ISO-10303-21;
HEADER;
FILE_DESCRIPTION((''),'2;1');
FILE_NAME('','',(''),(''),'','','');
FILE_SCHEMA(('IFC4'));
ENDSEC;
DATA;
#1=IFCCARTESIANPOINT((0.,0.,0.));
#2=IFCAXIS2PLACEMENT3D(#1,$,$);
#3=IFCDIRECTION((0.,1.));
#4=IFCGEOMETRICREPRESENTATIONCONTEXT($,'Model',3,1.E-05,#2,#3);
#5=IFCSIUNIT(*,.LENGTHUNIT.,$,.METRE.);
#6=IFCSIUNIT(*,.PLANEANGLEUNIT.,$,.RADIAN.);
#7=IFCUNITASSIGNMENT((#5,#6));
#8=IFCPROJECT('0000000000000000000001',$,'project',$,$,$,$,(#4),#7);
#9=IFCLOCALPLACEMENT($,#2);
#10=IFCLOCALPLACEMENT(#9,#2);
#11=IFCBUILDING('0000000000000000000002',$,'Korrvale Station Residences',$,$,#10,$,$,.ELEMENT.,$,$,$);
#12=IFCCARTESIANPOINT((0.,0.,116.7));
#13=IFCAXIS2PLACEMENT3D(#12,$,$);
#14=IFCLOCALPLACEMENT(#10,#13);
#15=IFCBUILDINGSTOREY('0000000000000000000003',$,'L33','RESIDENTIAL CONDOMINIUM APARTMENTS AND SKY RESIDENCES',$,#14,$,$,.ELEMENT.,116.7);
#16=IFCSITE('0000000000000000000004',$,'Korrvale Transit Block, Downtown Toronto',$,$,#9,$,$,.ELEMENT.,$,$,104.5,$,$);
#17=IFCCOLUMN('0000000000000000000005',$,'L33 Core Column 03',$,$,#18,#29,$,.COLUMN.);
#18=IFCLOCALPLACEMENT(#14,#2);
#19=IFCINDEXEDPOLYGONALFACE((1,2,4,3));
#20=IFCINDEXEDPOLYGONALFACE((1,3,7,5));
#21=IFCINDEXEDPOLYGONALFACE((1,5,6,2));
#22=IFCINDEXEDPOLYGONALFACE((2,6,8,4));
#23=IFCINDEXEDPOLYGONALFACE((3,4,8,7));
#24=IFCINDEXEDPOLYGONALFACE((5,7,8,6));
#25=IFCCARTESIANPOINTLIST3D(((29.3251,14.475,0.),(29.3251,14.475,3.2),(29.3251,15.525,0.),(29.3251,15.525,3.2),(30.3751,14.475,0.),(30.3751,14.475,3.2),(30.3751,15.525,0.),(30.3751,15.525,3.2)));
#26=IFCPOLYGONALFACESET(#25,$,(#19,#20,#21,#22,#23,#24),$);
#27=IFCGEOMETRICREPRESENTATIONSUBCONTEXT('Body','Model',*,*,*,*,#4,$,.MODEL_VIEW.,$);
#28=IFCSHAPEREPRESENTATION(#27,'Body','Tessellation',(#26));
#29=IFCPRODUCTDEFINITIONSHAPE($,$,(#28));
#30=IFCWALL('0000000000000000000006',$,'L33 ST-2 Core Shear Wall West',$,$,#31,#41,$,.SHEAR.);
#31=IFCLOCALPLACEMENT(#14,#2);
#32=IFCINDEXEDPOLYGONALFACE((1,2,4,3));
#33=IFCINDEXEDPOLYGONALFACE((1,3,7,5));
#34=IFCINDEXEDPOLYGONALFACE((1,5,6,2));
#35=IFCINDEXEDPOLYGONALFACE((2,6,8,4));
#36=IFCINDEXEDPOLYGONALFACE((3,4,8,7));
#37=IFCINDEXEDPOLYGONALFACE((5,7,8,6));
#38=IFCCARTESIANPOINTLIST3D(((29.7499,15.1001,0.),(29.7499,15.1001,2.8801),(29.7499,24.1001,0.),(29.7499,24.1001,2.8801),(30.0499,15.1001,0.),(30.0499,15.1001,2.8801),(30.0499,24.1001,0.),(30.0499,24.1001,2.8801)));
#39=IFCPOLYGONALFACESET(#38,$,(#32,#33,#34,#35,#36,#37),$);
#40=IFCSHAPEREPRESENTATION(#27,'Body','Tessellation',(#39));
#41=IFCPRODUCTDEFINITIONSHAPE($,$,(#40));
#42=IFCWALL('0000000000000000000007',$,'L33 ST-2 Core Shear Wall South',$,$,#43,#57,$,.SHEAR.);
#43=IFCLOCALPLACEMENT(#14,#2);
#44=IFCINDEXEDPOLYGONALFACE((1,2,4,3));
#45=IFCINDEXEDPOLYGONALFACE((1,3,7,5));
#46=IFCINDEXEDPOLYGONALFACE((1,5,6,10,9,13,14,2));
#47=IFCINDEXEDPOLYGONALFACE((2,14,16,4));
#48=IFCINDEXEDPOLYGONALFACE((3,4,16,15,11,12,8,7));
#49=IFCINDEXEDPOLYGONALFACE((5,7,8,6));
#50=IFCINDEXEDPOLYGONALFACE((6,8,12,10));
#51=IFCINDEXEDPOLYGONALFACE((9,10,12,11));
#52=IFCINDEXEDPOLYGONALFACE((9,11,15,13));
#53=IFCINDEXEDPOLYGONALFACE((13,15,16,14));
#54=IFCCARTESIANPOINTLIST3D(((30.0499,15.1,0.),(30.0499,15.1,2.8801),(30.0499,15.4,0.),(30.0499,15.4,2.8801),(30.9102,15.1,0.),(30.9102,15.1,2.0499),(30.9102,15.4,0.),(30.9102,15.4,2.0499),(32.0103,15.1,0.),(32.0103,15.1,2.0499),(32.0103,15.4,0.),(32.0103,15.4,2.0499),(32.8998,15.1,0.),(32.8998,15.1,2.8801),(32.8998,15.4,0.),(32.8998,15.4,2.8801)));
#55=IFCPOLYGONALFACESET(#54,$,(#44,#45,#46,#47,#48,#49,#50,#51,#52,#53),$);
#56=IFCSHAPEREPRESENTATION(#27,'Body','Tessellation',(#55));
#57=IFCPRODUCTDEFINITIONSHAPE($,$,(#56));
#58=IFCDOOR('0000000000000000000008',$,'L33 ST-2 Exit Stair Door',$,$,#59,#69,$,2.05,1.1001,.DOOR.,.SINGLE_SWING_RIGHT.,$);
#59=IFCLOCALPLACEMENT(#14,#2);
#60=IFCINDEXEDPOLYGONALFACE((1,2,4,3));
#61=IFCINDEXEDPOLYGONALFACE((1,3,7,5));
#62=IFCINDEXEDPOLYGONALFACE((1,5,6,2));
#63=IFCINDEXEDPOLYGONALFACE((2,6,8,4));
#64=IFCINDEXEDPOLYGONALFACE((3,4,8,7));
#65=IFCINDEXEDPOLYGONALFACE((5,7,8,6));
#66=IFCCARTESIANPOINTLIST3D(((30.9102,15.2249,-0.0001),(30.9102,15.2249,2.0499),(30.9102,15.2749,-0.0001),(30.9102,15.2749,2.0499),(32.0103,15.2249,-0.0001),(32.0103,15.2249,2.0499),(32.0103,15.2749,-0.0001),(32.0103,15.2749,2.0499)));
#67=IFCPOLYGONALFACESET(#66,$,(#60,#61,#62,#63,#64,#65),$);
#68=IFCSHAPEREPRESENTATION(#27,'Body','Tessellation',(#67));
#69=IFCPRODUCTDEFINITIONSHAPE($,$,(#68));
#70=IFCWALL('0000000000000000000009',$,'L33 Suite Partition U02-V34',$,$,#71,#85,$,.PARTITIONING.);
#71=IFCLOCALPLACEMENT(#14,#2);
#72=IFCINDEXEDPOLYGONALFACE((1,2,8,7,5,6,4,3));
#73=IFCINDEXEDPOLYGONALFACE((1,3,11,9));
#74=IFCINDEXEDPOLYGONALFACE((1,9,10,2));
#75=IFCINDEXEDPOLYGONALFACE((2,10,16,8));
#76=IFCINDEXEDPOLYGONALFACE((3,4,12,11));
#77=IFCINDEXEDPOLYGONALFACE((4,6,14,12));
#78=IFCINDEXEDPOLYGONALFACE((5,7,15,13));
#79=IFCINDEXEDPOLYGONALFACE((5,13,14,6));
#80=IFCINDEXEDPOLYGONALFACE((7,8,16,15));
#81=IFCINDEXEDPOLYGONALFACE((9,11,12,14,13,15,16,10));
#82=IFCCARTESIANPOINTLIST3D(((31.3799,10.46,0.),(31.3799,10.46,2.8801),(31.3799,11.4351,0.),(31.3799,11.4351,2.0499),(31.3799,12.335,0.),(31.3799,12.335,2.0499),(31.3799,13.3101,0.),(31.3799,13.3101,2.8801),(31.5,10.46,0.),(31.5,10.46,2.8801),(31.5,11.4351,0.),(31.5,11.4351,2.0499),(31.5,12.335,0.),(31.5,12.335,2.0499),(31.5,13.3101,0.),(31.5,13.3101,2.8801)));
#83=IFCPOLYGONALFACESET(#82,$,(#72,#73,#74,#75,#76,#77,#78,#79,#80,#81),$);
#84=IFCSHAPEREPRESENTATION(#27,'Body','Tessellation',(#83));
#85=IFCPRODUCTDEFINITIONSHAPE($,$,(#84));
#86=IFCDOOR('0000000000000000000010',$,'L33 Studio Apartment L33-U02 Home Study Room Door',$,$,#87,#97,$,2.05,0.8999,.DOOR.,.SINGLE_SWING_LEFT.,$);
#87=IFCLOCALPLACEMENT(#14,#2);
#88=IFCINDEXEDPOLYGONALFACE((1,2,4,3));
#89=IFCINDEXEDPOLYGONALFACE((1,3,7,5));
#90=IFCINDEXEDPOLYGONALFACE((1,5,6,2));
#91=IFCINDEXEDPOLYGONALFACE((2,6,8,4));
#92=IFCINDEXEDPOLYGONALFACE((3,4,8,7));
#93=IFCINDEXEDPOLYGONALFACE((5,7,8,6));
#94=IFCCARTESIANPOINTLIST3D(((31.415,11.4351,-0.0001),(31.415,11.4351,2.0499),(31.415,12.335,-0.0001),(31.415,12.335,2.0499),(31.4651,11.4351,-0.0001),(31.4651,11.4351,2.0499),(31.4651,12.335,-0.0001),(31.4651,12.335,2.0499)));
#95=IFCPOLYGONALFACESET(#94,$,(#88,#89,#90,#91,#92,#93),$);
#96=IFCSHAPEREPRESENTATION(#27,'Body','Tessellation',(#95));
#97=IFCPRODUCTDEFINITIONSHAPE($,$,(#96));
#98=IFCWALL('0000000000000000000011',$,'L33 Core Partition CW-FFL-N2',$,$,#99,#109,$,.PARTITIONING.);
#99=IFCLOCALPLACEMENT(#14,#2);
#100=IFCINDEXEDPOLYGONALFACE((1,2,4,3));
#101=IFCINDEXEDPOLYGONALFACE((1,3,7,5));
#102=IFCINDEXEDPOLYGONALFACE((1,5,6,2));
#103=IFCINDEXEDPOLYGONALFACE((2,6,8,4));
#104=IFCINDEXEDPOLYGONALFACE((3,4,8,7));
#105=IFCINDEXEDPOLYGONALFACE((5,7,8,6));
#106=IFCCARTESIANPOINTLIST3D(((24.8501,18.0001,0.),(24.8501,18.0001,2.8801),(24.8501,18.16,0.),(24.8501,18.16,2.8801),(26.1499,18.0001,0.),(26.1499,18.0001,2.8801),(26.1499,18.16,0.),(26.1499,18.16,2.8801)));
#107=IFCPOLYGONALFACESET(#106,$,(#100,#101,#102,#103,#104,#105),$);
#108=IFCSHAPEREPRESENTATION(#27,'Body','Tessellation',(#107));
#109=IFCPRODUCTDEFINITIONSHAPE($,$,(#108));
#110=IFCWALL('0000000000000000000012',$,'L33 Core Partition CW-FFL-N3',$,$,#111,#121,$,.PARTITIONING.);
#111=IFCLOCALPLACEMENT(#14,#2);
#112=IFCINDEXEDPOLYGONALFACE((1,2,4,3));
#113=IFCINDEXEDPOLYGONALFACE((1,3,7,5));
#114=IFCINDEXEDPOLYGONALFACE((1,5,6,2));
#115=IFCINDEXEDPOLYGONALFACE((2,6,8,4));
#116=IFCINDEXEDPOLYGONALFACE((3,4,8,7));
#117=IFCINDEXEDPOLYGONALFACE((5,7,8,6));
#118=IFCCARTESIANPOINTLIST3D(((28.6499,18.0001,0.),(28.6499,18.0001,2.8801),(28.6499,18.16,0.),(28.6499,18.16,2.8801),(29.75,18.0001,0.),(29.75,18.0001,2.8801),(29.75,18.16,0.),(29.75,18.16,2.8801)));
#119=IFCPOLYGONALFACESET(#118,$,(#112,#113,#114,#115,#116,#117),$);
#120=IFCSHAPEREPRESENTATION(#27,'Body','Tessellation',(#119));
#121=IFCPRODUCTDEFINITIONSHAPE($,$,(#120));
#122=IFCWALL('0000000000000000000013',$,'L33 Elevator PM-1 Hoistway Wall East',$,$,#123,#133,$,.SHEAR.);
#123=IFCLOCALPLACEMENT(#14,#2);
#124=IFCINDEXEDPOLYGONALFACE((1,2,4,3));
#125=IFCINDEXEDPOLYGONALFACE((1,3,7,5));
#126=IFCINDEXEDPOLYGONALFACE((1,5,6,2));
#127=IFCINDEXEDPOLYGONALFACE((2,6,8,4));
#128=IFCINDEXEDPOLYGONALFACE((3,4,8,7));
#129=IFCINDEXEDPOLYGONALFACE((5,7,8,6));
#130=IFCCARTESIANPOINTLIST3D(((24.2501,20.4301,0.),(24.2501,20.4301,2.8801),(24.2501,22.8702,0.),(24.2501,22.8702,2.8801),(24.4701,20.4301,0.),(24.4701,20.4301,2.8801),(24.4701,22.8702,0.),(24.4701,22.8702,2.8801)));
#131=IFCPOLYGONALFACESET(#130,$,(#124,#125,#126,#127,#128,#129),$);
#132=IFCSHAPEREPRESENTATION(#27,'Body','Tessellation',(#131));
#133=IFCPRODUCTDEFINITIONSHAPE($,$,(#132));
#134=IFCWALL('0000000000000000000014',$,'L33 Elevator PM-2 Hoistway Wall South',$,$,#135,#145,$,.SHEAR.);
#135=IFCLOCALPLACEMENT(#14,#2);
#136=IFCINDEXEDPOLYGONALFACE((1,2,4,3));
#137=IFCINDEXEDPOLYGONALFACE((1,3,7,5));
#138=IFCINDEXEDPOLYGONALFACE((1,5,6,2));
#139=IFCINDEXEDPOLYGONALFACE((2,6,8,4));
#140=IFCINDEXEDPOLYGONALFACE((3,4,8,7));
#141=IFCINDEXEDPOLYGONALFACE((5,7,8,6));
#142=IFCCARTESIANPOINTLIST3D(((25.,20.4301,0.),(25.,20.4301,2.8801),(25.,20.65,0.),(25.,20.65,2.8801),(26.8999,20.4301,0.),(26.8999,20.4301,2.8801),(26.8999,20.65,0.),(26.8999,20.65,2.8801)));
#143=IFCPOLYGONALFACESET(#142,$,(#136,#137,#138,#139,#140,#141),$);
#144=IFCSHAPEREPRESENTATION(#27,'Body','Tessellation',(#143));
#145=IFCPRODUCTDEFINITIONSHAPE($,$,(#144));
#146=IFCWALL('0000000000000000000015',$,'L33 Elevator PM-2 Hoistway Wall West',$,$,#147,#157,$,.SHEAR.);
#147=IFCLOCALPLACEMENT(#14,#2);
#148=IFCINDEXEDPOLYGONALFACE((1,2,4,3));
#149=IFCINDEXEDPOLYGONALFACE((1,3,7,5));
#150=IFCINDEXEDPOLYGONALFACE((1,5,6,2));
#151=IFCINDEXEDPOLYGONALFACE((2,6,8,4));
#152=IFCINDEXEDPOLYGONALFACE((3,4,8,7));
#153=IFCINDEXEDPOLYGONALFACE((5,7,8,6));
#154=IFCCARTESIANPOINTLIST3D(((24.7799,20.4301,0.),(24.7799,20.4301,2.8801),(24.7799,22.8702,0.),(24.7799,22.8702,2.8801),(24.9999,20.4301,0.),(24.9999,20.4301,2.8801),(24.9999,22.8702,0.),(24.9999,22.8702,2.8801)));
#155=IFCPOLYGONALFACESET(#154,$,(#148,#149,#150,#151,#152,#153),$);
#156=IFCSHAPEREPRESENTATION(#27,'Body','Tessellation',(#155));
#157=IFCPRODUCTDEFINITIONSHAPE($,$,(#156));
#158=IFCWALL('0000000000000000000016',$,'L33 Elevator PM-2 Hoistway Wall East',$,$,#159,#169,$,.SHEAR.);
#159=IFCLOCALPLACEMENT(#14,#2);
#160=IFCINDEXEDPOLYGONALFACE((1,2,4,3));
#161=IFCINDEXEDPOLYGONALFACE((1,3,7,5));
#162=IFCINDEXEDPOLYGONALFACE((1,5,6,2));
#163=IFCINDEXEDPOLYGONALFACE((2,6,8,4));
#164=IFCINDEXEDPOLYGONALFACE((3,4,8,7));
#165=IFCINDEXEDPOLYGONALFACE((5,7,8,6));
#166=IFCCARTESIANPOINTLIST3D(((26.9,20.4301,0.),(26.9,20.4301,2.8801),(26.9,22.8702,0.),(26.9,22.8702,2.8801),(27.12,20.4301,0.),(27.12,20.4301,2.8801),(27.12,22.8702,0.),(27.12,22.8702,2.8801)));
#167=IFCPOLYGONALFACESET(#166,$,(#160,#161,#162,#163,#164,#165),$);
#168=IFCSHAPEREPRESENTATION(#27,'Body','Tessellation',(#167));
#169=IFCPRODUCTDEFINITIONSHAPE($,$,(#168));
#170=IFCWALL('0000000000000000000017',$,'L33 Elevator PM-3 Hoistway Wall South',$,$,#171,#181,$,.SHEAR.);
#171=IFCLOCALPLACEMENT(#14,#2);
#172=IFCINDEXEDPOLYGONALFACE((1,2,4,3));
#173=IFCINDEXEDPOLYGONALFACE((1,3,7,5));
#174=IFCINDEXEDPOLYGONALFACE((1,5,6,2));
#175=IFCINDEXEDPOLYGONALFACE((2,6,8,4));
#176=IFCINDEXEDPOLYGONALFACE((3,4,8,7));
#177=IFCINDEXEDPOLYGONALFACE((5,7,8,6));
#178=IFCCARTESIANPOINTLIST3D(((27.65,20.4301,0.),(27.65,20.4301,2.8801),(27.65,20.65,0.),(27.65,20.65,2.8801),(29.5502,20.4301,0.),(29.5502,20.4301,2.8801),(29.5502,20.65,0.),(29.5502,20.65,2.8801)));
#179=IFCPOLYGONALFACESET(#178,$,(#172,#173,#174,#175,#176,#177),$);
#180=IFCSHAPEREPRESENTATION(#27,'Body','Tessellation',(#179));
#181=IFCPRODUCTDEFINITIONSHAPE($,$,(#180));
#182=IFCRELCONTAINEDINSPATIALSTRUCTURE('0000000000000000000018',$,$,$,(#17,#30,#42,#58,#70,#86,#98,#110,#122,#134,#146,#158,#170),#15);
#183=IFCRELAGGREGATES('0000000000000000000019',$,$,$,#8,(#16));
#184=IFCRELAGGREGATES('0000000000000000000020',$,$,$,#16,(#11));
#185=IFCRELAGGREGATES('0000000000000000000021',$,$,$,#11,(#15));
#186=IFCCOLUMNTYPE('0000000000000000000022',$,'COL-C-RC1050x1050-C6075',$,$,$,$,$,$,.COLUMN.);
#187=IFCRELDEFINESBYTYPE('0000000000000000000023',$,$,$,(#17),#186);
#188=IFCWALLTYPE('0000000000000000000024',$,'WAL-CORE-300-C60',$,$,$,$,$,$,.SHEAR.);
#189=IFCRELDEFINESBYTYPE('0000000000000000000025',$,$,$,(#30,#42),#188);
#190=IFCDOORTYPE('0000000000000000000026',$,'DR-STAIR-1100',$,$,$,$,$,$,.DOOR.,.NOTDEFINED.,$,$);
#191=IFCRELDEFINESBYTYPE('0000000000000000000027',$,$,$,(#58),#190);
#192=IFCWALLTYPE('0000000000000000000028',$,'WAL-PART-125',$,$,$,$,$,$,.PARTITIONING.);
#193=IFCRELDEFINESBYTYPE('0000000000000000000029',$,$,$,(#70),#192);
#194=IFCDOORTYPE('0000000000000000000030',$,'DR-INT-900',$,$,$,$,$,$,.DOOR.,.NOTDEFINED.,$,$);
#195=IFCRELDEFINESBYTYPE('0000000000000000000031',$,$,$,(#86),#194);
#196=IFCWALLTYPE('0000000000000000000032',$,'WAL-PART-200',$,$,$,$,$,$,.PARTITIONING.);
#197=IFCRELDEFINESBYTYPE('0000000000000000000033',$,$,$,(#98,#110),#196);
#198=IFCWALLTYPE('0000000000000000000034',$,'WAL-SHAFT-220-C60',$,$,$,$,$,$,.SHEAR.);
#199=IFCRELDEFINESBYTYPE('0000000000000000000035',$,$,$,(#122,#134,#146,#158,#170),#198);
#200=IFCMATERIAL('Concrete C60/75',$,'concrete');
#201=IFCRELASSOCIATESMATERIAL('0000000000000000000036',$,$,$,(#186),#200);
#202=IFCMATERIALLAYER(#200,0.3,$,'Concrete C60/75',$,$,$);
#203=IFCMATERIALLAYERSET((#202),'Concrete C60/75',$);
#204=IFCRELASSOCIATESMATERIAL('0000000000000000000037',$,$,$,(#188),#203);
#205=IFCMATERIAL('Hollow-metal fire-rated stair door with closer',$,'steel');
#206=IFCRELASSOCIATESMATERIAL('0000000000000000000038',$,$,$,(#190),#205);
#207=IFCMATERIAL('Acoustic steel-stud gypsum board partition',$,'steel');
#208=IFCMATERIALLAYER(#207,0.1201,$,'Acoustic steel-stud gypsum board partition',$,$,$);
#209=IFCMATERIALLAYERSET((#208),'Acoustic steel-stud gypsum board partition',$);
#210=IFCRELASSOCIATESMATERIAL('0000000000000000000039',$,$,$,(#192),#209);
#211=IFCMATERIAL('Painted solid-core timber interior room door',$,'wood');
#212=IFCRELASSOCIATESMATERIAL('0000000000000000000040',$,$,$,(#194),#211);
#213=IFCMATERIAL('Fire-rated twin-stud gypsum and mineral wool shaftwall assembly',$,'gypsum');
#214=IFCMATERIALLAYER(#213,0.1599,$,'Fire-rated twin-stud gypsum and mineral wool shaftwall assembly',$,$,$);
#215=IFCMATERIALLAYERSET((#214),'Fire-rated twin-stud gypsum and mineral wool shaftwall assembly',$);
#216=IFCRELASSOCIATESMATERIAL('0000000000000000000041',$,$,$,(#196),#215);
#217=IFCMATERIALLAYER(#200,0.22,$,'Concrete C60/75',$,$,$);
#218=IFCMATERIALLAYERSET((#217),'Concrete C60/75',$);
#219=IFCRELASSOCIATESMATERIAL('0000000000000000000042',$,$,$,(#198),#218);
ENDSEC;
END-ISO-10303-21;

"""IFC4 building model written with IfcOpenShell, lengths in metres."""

from ifc_helpers import new_model, si_unit, direction, frame, frame_2d, origin, origin_2d, place, context, subcontext, project, spatial, rectangle, extrude, material, layer, layer_set, material_profile, profile_set, type_object, element, fill, save


model = new_model("IFC4")

# Units and contexts
model_context = context("Model", 3, precision=1e-05, world=origin(), true_north=direction((0.0, 1.0)))
body_context = subcontext(model_context, "Body", "Model", "MODEL_VIEW")
ifc_project = project(units=[si_unit("LENGTHUNIT", "METRE"), si_unit("PLANEANGLEUNIT", "RADIAN")], contexts=[model_context])

# Site, building, storey
site_placement = place(None, origin())
site = spatial("IfcSite", under=ifc_project, at=site_placement, Name="Korrvale Transit Block, Downtown Toronto", CompositionType="ELEMENT", RefElevation=104.5)
building_placement = place(site_placement, origin())
building = spatial("IfcBuilding", under=site, at=building_placement, Name="Korrvale Station Residences", CompositionType="ELEMENT")
storey_placement = place(building_placement, frame((0.0, 0.0, 116.7)))
storey = spatial("IfcBuildingStorey", under=building, at=storey_placement, Name="L33", Description="RESIDENTIAL CONDOMINIUM APARTMENTS AND SKY RESIDENCES", CompositionType="ELEMENT", Elevation=116.7)

# Column
ifc_material_1 = material(Name="Concrete C60/75", Category="concrete")
ifc_material_profile = material_profile(ifc_material_1, rectangle(XDim=1.05, YDim=1.05, at=origin_2d()), Name="RC1050x1050")
ifc_profile_set = profile_set([ifc_material_profile], Name="Concrete C60/75")
column_type = type_object("IfcColumnType", Name="COL-C-RC1050x1050-C6075", PredefinedType="COLUMN", material=ifc_profile_set)
column_placement = place(storey_placement, frame((29.8501, 15.0, 0.0), z_axis=(0.0, 0.0, 1.0), x_axis=(1.0, 0.0, 0.0)))
element("IfcColumn", 1, at=column_placement, inside=storey, type_object=column_type, Name="L33 Core Column 03", PredefinedType="COLUMN", context=body_context, shape_type="SweptSolid", body=[
    extrude(rectangle(XDim=1.05, YDim=1.05, at=origin_2d()), origin(), (0.0, 0.0, 1.0), 3.2),
])

# Wall
ifc_layer_1 = layer(ifc_material_1, 0.3, Name="Concrete C60/75")
ifc_layer_set_1 = layer_set([ifc_layer_1], Name="Concrete C60/75")
wall_type_1 = type_object("IfcWallType", Name="WAL-CORE-300-C60", PredefinedType="SHEAR", material=ifc_layer_set_1)
wall_1_placement = place(storey_placement, frame((29.8999, 15.1001, 0.0), z_axis=(0.0, 0.0, 1.0), x_axis=(0.0, 1.0, 0.0)))
element("IfcWall", 2, at=wall_1_placement, inside=storey, type_object=wall_type_1, Name="L33 ST-2 Core Shear Wall West", PredefinedType="SHEAR", context=body_context, shape_type="SweptSolid", body=[
    extrude(rectangle(XDim=9.0, YDim=0.3, at=frame_2d((4.5, 0.0))), origin(), (0.0, 0.0, 1.0), 2.8801),
])

# Walls, openings, doors
wall_2_placement = place(storey_placement, frame((30.05, 15.25, 0.0), z_axis=(0.0, 0.0, 1.0), x_axis=(1.0, 0.0, 0.0)))
wall_2 = element("IfcWall", 3, at=wall_2_placement, inside=storey, type_object=wall_type_1, Name="L33 ST-2 Core Shear Wall South", PredefinedType="SHEAR", context=body_context, shape_type="SweptSolid", body=[
    extrude(rectangle(XDim=2.8499, YDim=0.3, at=frame_2d((1.4248, 0.0))), origin(), (0.0, 0.0, 1.0), 2.8801),
])
opening_1_placement = place(wall_2_placement, frame((0.8601, 0.0, 0.0)))
opening_1 = element("IfcOpeningElement", 4, at=opening_1_placement, cuts=wall_2, PredefinedType="OPENING", context=body_context, shape_type="SweptSolid", body=[
    extrude(rectangle(XDim=1.1001, YDim=2.05, at=frame_2d((0.55, 1.0249))), frame((0.0, 0.1602, 0.0), z_axis=(0.0, -1.0, 0.0), x_axis=(1.0, 0.0, 0.0)), (0.0, 0.0, 1.0), 0.3201),
])
ifc_material_2 = material(Name="Hollow-metal fire-rated stair door with closer", Category="steel")
door_type_1 = type_object("IfcDoorType", Name="DR-STAIR-1100", OperationType="NOTDEFINED", PredefinedType="DOOR", material=ifc_material_2)
door_1_placement = place(opening_1_placement, origin())
door_1 = element("IfcDoor", 5, at=door_1_placement, inside=storey, type_object=door_type_1, Name="L33 ST-2 Exit Stair Door", OperationType="SINGLE_SWING_RIGHT", OverallHeight=2.05, OverallWidth=1.1001, PredefinedType="DOOR", context=body_context, shape_type="SweptSolid", body=[
    extrude(rectangle(XDim=1.1001, YDim=2.05, at=frame_2d((0.55, 1.0249))), frame((0.0, 0.0249, 0.0), z_axis=(0.0, -1.0, 0.0), x_axis=(1.0, 0.0, 0.0)), (0.0, 0.0, 1.0), 0.05),
])
fill(opening_1, door_1)
ifc_material_3 = material(Name="Acoustic steel-stud gypsum board partition", Category="steel")
ifc_layer_2 = layer(ifc_material_3, 0.1201, Name="Acoustic steel-stud gypsum board partition")
ifc_layer_set_2 = layer_set([ifc_layer_2], Name="Acoustic steel-stud gypsum board partition")
wall_type_2 = type_object("IfcWallType", Name="WAL-PART-125", PredefinedType="PARTITIONING", material=ifc_layer_set_2)
wall_3_placement = place(storey_placement, frame((31.4399, 10.46, 0.0), z_axis=(0.0, 0.0, 1.0), x_axis=(0.0, 1.0, 0.0)))
wall_3 = element("IfcWall", 6, at=wall_3_placement, inside=storey, type_object=wall_type_2, Name="L33 Suite Partition U02-V34", PredefinedType="PARTITIONING", context=body_context, shape_type="SweptSolid", body=[
    extrude(rectangle(XDim=2.8501, YDim=0.1201, at=frame_2d((1.425, 0.0))), origin(), (0.0, 0.0, 1.0), 2.8801),
])
opening_2_placement = place(wall_3_placement, frame((0.9751, 0.0, 0.0)))
opening_2 = element("IfcOpeningElement", 7, at=opening_2_placement, cuts=wall_3, PredefinedType="OPENING", context=body_context, shape_type="SweptSolid", body=[
    extrude(rectangle(XDim=0.8999, YDim=2.05, at=frame_2d((0.45, 1.0249))), frame((0.0, 0.0701, 0.0), z_axis=(0.0, -1.0, 0.0), x_axis=(1.0, 0.0, 0.0)), (0.0, 0.0, 1.0), 0.1401),
])
ifc_material_4 = material(Name="Painted solid-core timber interior room door", Category="wood")
door_type_2 = type_object("IfcDoorType", Name="DR-INT-900", OperationType="NOTDEFINED", PredefinedType="DOOR", material=ifc_material_4)
door_2_placement = place(opening_2_placement, origin())
door_2 = element("IfcDoor", 8, at=door_2_placement, inside=storey, type_object=door_type_2, Name="L33 Studio Apartment L33-U02 Home Study Room Door", OperationType="SINGLE_SWING_LEFT", OverallHeight=2.05, OverallWidth=0.8999, PredefinedType="DOOR", context=body_context, shape_type="SweptSolid", body=[
    extrude(rectangle(XDim=0.8999, YDim=2.05, at=frame_2d((0.45, 1.0249))), frame((0.0, 0.0249, 0.0), z_axis=(0.0, -1.0, 0.0), x_axis=(1.0, 0.0, 0.0)), (0.0, 0.0, 1.0), 0.05),
])
fill(opening_2, door_2)

# Walls
ifc_material_5 = material(Name="Fire-rated twin-stud gypsum and mineral wool shaftwall assembly", Category="gypsum")
ifc_layer_3 = layer(ifc_material_5, 0.1599, Name="Fire-rated twin-stud gypsum and mineral wool shaftwall assembly")
ifc_layer_set_3 = layer_set([ifc_layer_3], Name="Fire-rated twin-stud gypsum and mineral wool shaftwall assembly")
wall_type_3 = type_object("IfcWallType", Name="WAL-PART-200", PredefinedType="PARTITIONING", material=ifc_layer_set_3)
wall_4_placement = place(storey_placement, frame((24.8501, 18.0801, 0.0), z_axis=(0.0, 0.0, 1.0), x_axis=(1.0, 0.0, 0.0)))
element("IfcWall", 9, at=wall_4_placement, inside=storey, type_object=wall_type_3, Name="L33 Core Partition CW-FFL-N2", PredefinedType="PARTITIONING", context=body_context, shape_type="SweptSolid", body=[
    extrude(rectangle(XDim=1.2998, YDim=0.1599, at=frame_2d((0.6499, 0.0))), origin(), (0.0, 0.0, 1.0), 2.8801),
])
wall_5_placement = place(storey_placement, frame((28.6499, 18.0801, 0.0), z_axis=(0.0, 0.0, 1.0), x_axis=(1.0, 0.0, 0.0)))
element("IfcWall", 10, at=wall_5_placement, inside=storey, type_object=wall_type_3, Name="L33 Core Partition CW-FFL-N3", PredefinedType="PARTITIONING", context=body_context, shape_type="SweptSolid", body=[
    extrude(rectangle(XDim=1.1001, YDim=0.1599, at=frame_2d((0.55, 0.0))), origin(), (0.0, 0.0, 1.0), 2.8801),
])
ifc_layer_4 = layer(ifc_material_1, 0.22, Name="Concrete C60/75")
ifc_layer_set_4 = layer_set([ifc_layer_4], Name="Concrete C60/75")
wall_type_4 = type_object("IfcWallType", Name="WAL-SHAFT-220-C60", PredefinedType="SHEAR", material=ifc_layer_set_4)
wall_6_placement = place(storey_placement, frame((24.3601, 20.4299, 0.0), z_axis=(0.0, 0.0, 1.0), x_axis=(0.0, 1.0, 0.0)))
element("IfcWall", 11, at=wall_6_placement, inside=storey, type_object=wall_type_4, Name="L33 Elevator PM-1 Hoistway Wall East", PredefinedType="SHEAR", context=body_context, shape_type="SweptSolid", body=[
    extrude(rectangle(XDim=2.4402, YDim=0.22, at=frame_2d((1.2202, 0.0))), origin(), (0.0, 0.0, 1.0), 2.8801),
])
wall_7_placement = place(storey_placement, frame((25.0, 20.54, 0.0), z_axis=(0.0, 0.0, 1.0), x_axis=(1.0, 0.0, 0.0)))
element("IfcWall", 12, at=wall_7_placement, inside=storey, type_object=wall_type_4, Name="L33 Elevator PM-2 Hoistway Wall South", PredefinedType="SHEAR", context=body_context, shape_type="SweptSolid", body=[
    extrude(rectangle(XDim=1.8999, YDim=0.22, at=frame_2d((0.95, 0.0))), origin(), (0.0, 0.0, 1.0), 2.8801),
])
for number, where, z_axis, x_axis, name in (
    (13, (24.8899, 20.4299, 0.0), (0.0, 0.0, 1.0), (0.0, 1.0, 0.0), "L33 Elevator PM-2 Hoistway Wall West"),
    (14, (27.01, 20.4299, 0.0), (0.0, 0.0, 1.0), (0.0, 1.0, 0.0), "L33 Elevator PM-2 Hoistway Wall East"),
):
    element("IfcWall", number, at=place(storey_placement, frame(where, z_axis=z_axis, x_axis=x_axis)), inside=storey, type_object=wall_type_4, Name=name, PredefinedType="SHEAR", context=body_context, shape_type="SweptSolid", body=[
        extrude(rectangle(XDim=2.4402, YDim=0.22, at=frame_2d((1.2202, 0.0))), origin(), (0.0, 0.0, 1.0), 2.8801),
    ])
wall_8_placement = place(storey_placement, frame((27.6499, 20.54, 0.0), z_axis=(0.0, 0.0, 1.0), x_axis=(1.0, 0.0, 0.0)))
element("IfcWall", 15, at=wall_8_placement, inside=storey, type_object=wall_type_4, Name="L33 Elevator PM-3 Hoistway Wall South", PredefinedType="SHEAR", context=body_context, shape_type="SweptSolid", body=[
    extrude(rectangle(XDim=1.9001, YDim=0.22, at=frame_2d((0.9502, 0.0))), origin(), (0.0, 0.0, 1.0), 2.8801),
])

save(model, "model.ifc")
